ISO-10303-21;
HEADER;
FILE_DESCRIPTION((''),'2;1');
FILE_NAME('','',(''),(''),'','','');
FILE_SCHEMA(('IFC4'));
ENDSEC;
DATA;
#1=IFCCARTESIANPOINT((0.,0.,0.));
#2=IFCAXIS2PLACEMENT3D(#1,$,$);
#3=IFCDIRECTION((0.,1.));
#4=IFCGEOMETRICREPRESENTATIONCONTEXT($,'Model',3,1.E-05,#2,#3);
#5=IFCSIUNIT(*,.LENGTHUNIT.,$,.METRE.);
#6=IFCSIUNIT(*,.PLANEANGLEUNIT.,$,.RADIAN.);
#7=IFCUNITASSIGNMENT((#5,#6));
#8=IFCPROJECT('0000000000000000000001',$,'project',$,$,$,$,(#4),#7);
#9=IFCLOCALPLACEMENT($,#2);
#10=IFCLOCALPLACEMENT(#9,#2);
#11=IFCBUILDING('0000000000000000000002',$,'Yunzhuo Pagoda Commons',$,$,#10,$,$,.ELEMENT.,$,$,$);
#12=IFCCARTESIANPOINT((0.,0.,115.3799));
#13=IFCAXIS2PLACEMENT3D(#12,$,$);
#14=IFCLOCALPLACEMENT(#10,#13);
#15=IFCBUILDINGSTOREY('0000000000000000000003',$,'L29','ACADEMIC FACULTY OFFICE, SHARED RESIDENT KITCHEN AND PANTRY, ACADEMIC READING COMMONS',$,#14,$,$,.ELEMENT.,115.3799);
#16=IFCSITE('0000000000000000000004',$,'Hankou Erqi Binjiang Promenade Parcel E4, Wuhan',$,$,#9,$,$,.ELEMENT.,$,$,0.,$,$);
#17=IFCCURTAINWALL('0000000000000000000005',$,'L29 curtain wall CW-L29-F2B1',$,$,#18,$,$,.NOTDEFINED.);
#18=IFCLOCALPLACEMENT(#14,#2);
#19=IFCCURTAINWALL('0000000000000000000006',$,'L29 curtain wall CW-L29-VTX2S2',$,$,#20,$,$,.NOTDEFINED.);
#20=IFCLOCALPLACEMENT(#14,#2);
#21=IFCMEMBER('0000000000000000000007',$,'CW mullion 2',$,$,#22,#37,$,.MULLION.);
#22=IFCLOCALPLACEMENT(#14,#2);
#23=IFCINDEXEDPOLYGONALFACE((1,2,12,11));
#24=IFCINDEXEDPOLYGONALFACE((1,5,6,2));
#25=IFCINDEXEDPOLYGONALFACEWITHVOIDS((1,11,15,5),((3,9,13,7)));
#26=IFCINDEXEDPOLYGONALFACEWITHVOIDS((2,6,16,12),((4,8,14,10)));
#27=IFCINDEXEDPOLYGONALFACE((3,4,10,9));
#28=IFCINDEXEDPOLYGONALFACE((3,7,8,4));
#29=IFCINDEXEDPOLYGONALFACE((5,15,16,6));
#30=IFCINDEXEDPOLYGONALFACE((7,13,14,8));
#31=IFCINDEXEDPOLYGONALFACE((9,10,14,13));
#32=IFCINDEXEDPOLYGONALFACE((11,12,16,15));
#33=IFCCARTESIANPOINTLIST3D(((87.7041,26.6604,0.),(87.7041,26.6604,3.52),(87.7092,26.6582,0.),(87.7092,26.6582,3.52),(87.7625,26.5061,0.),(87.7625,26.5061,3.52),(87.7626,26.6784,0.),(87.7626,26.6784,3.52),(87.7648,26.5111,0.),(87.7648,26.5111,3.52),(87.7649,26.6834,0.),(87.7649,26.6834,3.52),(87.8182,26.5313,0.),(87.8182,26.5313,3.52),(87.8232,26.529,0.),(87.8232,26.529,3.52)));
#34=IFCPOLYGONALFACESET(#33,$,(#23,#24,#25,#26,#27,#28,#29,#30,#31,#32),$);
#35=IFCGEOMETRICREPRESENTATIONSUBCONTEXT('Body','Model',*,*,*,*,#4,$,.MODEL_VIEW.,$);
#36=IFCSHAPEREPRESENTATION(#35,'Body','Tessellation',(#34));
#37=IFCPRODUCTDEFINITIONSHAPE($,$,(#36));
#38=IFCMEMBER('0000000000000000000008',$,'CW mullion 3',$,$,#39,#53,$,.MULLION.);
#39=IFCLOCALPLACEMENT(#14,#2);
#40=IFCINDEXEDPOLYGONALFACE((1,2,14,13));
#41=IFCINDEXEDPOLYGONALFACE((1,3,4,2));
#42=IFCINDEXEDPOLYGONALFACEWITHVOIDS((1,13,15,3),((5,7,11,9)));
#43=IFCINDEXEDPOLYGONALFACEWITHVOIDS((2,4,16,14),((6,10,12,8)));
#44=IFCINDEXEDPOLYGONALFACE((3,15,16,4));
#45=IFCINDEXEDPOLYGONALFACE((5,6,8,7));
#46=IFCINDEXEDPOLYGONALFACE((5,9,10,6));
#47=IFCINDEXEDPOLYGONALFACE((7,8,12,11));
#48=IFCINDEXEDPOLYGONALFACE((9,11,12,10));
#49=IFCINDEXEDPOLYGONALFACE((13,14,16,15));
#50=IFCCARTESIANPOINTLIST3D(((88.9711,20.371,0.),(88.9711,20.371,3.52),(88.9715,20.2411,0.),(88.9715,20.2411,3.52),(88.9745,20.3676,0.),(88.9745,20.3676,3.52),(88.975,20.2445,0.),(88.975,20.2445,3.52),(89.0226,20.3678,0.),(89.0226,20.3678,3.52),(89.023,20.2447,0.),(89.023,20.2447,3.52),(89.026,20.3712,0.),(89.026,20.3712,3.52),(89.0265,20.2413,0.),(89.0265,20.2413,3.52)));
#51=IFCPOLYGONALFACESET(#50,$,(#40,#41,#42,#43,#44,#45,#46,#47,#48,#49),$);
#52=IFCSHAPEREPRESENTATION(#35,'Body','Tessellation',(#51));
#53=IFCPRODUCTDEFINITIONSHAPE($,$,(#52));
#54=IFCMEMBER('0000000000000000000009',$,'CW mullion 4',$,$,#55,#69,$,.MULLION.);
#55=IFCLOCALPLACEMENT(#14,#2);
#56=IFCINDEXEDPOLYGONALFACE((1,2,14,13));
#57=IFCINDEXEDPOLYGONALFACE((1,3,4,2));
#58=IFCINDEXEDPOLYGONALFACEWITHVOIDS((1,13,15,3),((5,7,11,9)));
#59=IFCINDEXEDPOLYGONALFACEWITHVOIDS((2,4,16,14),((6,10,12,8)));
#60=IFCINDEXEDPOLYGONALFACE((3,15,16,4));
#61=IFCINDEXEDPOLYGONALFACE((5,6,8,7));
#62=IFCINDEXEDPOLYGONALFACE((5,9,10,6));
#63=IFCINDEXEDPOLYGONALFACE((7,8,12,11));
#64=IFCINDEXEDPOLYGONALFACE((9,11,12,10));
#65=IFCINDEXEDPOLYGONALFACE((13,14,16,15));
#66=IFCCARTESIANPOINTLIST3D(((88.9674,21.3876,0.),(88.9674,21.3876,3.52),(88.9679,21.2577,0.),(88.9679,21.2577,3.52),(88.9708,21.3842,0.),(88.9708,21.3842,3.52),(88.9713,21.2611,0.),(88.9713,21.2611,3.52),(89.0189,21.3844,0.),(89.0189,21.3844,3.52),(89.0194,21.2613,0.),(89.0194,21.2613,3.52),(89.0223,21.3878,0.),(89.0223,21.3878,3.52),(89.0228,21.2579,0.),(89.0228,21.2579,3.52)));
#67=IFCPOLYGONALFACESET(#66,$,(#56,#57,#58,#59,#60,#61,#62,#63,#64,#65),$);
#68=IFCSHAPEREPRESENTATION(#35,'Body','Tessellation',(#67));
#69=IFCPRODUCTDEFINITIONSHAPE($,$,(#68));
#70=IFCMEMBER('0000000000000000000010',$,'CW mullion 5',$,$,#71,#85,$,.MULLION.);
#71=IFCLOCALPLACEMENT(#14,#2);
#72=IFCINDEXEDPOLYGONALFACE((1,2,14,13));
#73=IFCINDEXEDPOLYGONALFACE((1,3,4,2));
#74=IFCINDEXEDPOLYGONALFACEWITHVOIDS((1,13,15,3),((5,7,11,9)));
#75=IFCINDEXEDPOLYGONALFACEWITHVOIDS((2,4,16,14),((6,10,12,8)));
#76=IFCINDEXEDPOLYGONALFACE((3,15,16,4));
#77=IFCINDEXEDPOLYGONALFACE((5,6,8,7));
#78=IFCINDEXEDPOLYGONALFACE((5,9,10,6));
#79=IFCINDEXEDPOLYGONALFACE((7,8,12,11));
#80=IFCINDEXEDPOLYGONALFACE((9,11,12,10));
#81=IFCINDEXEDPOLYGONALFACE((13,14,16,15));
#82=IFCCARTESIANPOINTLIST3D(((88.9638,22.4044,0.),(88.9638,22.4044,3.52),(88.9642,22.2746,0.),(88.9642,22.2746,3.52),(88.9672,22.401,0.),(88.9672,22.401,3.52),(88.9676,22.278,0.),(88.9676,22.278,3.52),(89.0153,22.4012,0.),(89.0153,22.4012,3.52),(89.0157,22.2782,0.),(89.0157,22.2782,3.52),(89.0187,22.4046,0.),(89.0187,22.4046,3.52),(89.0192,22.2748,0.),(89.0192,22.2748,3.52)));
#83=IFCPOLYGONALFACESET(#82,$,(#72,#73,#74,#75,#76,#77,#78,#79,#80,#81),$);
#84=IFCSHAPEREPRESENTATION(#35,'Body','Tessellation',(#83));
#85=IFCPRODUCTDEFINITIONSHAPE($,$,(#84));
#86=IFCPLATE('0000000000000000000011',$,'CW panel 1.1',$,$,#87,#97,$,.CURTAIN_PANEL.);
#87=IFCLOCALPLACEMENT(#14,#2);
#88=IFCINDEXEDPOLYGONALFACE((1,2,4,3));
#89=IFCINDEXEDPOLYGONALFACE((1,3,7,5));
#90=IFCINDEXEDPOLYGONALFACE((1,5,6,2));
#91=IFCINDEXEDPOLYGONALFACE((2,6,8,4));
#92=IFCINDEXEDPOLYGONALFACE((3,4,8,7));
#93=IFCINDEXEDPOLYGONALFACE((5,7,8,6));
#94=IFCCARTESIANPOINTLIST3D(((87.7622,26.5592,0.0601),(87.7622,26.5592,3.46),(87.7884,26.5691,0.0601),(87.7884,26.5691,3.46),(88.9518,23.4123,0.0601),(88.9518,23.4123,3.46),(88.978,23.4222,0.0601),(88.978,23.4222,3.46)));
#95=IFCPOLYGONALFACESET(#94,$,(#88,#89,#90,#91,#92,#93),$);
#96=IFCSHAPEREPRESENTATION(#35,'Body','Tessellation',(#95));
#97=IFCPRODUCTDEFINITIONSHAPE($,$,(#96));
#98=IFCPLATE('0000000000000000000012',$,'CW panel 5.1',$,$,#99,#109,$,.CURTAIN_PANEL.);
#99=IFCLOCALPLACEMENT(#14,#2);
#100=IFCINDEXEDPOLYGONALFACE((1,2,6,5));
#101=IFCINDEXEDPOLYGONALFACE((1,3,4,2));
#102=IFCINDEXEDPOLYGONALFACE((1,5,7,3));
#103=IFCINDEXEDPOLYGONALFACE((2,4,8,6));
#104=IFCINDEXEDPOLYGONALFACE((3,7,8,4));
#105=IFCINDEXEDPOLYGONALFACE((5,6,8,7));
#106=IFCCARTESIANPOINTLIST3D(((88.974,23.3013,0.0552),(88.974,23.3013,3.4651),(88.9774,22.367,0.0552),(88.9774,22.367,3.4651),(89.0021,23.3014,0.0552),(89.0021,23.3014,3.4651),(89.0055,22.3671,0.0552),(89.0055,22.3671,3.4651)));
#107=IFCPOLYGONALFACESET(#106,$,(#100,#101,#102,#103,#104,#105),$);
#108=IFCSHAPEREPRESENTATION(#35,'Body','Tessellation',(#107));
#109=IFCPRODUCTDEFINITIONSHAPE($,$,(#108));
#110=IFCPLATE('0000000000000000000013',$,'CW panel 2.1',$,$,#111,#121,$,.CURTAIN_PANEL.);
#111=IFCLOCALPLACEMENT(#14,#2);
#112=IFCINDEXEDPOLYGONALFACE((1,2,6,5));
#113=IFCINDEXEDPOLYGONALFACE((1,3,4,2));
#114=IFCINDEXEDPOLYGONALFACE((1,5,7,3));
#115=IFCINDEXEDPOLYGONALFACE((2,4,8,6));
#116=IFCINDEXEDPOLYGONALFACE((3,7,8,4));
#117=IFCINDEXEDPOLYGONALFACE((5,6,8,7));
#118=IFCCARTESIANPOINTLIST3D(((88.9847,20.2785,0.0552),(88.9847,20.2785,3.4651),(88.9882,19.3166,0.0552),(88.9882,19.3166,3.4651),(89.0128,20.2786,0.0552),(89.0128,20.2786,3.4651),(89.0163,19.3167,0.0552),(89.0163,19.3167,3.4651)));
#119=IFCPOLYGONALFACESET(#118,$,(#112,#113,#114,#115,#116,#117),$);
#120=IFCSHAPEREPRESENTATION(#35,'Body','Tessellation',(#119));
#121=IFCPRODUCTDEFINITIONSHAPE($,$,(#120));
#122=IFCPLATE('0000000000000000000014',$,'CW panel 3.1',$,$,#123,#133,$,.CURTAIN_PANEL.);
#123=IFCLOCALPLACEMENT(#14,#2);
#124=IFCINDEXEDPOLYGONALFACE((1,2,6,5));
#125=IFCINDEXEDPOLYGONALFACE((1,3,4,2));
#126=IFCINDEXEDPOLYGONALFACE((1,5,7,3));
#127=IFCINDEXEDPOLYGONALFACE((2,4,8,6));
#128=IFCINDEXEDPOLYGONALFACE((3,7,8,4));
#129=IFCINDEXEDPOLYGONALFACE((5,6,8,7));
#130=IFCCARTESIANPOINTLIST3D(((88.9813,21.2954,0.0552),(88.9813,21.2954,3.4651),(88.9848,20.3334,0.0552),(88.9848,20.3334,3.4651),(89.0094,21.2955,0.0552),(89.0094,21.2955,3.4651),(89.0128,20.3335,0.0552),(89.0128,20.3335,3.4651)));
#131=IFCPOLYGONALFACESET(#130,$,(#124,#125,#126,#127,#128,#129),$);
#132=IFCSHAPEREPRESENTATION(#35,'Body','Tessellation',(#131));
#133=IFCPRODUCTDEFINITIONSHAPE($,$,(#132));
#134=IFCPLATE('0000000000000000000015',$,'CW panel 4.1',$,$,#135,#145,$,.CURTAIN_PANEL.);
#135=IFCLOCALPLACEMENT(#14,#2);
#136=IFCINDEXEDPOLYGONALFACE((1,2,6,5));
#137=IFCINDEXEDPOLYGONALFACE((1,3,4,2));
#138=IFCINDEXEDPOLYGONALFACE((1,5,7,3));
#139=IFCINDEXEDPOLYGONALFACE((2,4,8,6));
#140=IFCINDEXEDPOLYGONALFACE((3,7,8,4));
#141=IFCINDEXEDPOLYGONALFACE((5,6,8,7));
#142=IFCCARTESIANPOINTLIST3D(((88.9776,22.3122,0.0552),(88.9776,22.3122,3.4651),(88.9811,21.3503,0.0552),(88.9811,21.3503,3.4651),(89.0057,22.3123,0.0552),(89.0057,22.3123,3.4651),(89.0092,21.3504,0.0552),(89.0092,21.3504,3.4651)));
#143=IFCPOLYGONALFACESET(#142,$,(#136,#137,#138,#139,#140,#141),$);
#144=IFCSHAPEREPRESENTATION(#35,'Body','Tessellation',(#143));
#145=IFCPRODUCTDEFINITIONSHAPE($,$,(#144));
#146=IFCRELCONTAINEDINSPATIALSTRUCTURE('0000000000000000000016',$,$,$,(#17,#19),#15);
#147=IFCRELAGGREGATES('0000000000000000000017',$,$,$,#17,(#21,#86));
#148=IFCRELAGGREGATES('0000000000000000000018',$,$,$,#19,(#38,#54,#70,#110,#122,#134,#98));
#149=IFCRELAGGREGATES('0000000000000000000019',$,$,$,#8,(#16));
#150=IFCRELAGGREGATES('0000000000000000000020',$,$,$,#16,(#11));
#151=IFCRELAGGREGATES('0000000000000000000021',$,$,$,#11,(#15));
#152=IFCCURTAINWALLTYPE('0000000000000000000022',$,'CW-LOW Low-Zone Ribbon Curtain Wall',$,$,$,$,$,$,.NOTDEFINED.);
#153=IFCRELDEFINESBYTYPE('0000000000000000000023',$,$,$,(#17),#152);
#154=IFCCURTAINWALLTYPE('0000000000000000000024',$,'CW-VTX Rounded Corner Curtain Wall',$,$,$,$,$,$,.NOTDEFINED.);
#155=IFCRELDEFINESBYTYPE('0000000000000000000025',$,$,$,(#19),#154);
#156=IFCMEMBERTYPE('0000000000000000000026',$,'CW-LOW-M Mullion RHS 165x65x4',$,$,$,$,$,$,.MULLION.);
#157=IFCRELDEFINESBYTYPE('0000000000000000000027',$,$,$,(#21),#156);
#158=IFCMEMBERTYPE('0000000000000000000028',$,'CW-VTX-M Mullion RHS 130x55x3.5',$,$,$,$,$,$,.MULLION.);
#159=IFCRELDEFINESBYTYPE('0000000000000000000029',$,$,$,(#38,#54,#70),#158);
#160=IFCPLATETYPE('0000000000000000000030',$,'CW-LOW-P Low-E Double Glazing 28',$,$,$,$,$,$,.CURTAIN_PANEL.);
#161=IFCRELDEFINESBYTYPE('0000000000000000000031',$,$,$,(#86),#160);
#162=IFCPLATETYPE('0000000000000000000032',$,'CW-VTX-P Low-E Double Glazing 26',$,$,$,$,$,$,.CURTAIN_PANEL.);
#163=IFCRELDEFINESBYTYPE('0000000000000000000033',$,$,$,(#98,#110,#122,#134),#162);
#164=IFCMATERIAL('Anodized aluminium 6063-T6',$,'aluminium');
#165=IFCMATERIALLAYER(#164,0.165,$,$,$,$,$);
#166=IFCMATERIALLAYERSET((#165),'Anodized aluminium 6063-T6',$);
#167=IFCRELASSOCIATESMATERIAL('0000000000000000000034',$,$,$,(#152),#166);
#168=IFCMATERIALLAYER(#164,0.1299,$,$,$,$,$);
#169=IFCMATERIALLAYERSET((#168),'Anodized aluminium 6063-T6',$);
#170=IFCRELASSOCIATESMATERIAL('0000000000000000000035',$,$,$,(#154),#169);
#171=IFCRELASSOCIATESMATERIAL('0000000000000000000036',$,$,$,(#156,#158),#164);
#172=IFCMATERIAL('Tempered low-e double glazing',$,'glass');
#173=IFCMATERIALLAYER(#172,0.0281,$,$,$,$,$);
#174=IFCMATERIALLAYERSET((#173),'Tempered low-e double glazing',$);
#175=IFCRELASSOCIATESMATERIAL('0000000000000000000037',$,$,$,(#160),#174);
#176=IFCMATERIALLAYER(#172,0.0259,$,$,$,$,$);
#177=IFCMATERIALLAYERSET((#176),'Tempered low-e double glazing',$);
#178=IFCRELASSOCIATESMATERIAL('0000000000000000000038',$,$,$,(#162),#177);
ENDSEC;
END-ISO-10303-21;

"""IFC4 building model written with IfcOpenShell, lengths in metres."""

from ifc_helpers import new_model, si_unit, direction, frame, origin, origin_2d, place, context, subcontext, project, spatial, rectangle, hollow_rectangle, extrude, source, transform, mapped, material, layer, layer_set, material_profile, profile_set, type_object, element, aggregate, save


model = new_model("IFC4")

# Units and contexts
model_context = context("Model", 3, precision=1e-05, world=origin(), true_north=direction((0.0, 1.0)))
body_context = subcontext(model_context, "Body", "Model", "MODEL_VIEW")
ifc_project = project(units=[si_unit("LENGTHUNIT", "METRE"), si_unit("PLANEANGLEUNIT", "RADIAN")], contexts=[model_context])

# Site, building, storey
site_placement = place(None, origin())
site = spatial("IfcSite", under=ifc_project, at=site_placement, Name="Hankou Erqi Binjiang Promenade Parcel E4, Wuhan", CompositionType="ELEMENT", RefElevation=0.0)
building_placement = place(site_placement, origin())
building = spatial("IfcBuilding", under=site, at=building_placement, Name="Yunzhuo Pagoda Commons", CompositionType="ELEMENT")
storey_placement = place(building_placement, frame((0.0, 0.0, 115.3799)))
storey = spatial("IfcBuildingStorey", under=building, at=storey_placement, Name="L29", Description="ACADEMIC FACULTY OFFICE, SHARED RESIDENT KITCHEN AND PANTRY, ACADEMIC READING COMMONS", CompositionType="ELEMENT", Elevation=115.3799)

# Curtain walls
ifc_material_1 = material(Name="Anodized aluminium 6063-T6", Category="aluminium")
ifc_layer_1 = layer(ifc_material_1, 0.165)
ifc_layer_set_1 = layer_set([ifc_layer_1], Name="Anodized aluminium 6063-T6")
curtain_wall_type_1 = type_object("IfcCurtainWallType", Name="CW-LOW Low-Zone Ribbon Curtain Wall", PredefinedType="NOTDEFINED", material=ifc_layer_set_1)
curtain_wall_1_placement = place(storey_placement, origin())
curtain_wall_1 = element("IfcCurtainWall", 1, at=curtain_wall_1_placement, inside=storey, type_object=curtain_wall_type_1, Name="L29 curtain wall CW-L29-F2B1", PredefinedType="NOTDEFINED")
ifc_layer_2 = layer(ifc_material_1, 0.1299)
ifc_layer_set_2 = layer_set([ifc_layer_2], Name="Anodized aluminium 6063-T6")
curtain_wall_type_2 = type_object("IfcCurtainWallType", Name="CW-VTX Rounded Corner Curtain Wall", PredefinedType="NOTDEFINED", material=ifc_layer_set_2)
curtain_wall_2_placement = place(storey_placement, origin())
curtain_wall_2 = element("IfcCurtainWall", 2, at=curtain_wall_2_placement, inside=storey, type_object=curtain_wall_type_2, Name="L29 curtain wall CW-L29-VTX2S2", PredefinedType="NOTDEFINED")

# Members
ifc_material_profile_1 = material_profile(ifc_material_1, hollow_rectangle(XDim=0.0649, YDim=0.165, WallThickness=0.0039, at=origin_2d()), Name="Anodized aluminium 6063-T6")
ifc_profile_set_1 = profile_set([ifc_material_profile_1], Name="Anodized aluminium 6063-T6")
member_type_1 = type_object("IfcMemberType", Name="CW-LOW-M Mullion RHS 165x65x4", PredefinedType="MULLION", material=ifc_profile_set_1)
shared_shape_1 = source(origin(), body_context, "Body", "SweptSolid", [
    extrude(hollow_rectangle(XDim=0.0649, YDim=0.165, WallThickness=0.0039, at=origin_2d()), origin(), (0.0, 0.0, 1.0), 3.52),
])
member_1_placement = place(storey_placement, frame((87.7637, 26.5947, 0.0), z_axis=(0.0, 0.0, 1.0), x_axis=(-0.935397, -0.3536, 0.0)))
member_1 = element("IfcMember", 3, at=member_1_placement, type_object=member_type_1, Name="CW mullion 2", PredefinedType="MULLION", context=body_context, shape_type="MappedRepresentation", body=[
    mapped(shared_shape_1, transform((0.0, 0.0, 0.0), scale=1.0)),
])
ifc_material_profile_2 = material_profile(ifc_material_1, hollow_rectangle(XDim=0.0549, YDim=0.1299, WallThickness=0.0034, at=origin_2d()), Name="Anodized aluminium 6063-T6")
ifc_profile_set_2 = profile_set([ifc_material_profile_2], Name="Anodized aluminium 6063-T6")
member_type_2 = type_object("IfcMemberType", Name="CW-VTX-M Mullion RHS 130x55x3.5", PredefinedType="MULLION", material=ifc_profile_set_2)
shared_shape_2 = source(origin(), body_context, "Body", "SweptSolid", [
    extrude(hollow_rectangle(XDim=0.0549, YDim=0.1299, WallThickness=0.0034, at=origin_2d()), origin(), (0.0, 0.0, 1.0), 3.52),
])
member_2_placement = place(storey_placement, frame((88.9988, 20.3062, 0.0), z_axis=(0.0, 0.0, 1.0), x_axis=(-0.999994, -0.003599, 0.0)))
member_2 = element("IfcMember", 4, at=member_2_placement, type_object=member_type_2, Name="CW mullion 3", PredefinedType="MULLION", context=body_context, shape_type="MappedRepresentation", body=[
    mapped(shared_shape_2, transform((0.0, 0.0, 0.0), scale=1.0)),
])
member_3_placement = place(storey_placement, frame((88.9951, 21.3228, 0.0), z_axis=(0.0, 0.0, 1.0), x_axis=(-0.999994, -0.003599, 0.0)))
member_3 = element("IfcMember", 5, at=member_3_placement, type_object=member_type_2, Name="CW mullion 4", PredefinedType="MULLION", context=body_context, shape_type="MappedRepresentation", body=[
    mapped(shared_shape_2, transform((0.0, 0.0, 0.0), scale=1.0)),
])
member_4_placement = place(storey_placement, frame((88.9915, 22.3396, 0.0), z_axis=(0.0, 0.0, 1.0), x_axis=(-0.999994, -0.003599, 0.0)))
member_4 = element("IfcMember", 6, at=member_4_placement, type_object=member_type_2, Name="CW mullion 5", PredefinedType="MULLION", context=body_context, shape_type="MappedRepresentation", body=[
    mapped(shared_shape_2, transform((0.0, 0.0, 0.0), scale=1.0)),
])

# Plates
ifc_material_2 = material(Name="Tempered low-e double glazing", Category="glass")
ifc_layer_3 = layer(ifc_material_2, 0.0281)
ifc_layer_set_3 = layer_set([ifc_layer_3], Name="Tempered low-e double glazing")
plate_type_1 = type_object("IfcPlateType", Name="CW-LOW-P Low-E Double Glazing 28", PredefinedType="CURTAIN_PANEL", material=ifc_layer_set_3)
shared_shape_3 = source(origin(), body_context, "Body", "SweptSolid", [
    extrude(rectangle(XDim=3.3643, YDim=0.0281, at=origin_2d()), origin(), (0.0, 0.0, 1.0), 3.3999),
])
plate_1_placement = place(storey_placement, frame((88.3701, 24.9907, 0.0601), z_axis=(0.0, 0.0, 1.0), x_axis=(-0.3536, 0.935397, 0.0)))
plate_1 = element("IfcPlate", 7, at=plate_1_placement, type_object=plate_type_1, Name="CW panel 1.1", PredefinedType="CURTAIN_PANEL", context=body_context, shape_type="MappedRepresentation", body=[
    mapped(shared_shape_3, transform((0.0, 0.0, 0.0), scale=1.0)),
])
aggregate(curtain_wall_1, [member_1, plate_1])
ifc_layer_4 = layer(ifc_material_2, 0.0259)
ifc_layer_set_4 = layer_set([ifc_layer_4], Name="Tempered low-e double glazing")
plate_type_2 = type_object("IfcPlateType", Name="CW-VTX-P Low-E Double Glazing 26", PredefinedType="CURTAIN_PANEL", material=ifc_layer_set_4)
shared_shape_4 = source(origin(), body_context, "Body", "SweptSolid", [
    extrude(rectangle(XDim=0.9343, YDim=0.0281, at=origin_2d()), origin(), (0.0, 0.0, 1.0), 3.4099),
])
plate_2_placement = place(storey_placement, frame((88.9897, 22.8342, 0.0552), z_axis=(0.0, 0.0, 1.0), x_axis=(-0.003599, 0.999994, 0.0)))
plate_2 = element("IfcPlate", 8, at=plate_2_placement, type_object=plate_type_2, Name="CW panel 5.1", PredefinedType="CURTAIN_PANEL", context=body_context, shape_type="MappedRepresentation", body=[
    mapped(shared_shape_4, transform((0.0, 0.0, 0.0), scale=1.0)),
])
shared_shape_5 = source(origin(), body_context, "Body", "SweptSolid", [
    extrude(rectangle(XDim=0.9619, YDim=0.0281, at=origin_2d()), origin(), (0.0, 0.0, 1.0), 3.4099),
])
plate_3_placement = place(storey_placement, frame((89.0005, 19.7976, 0.0552), z_axis=(0.0, 0.0, 1.0), x_axis=(-0.003599, 0.999994, 0.0)))
plate_3 = element("IfcPlate", 9, at=plate_3_placement, type_object=plate_type_2, Name="CW panel 2.1", PredefinedType="CURTAIN_PANEL", context=body_context, shape_type="MappedRepresentation", body=[
    mapped(shared_shape_5, transform((0.0, 0.0, 0.0), scale=1.0)),
])
plate_4_placement = place(storey_placement, frame((88.9971, 20.8145, 0.0552), z_axis=(0.0, 0.0, 1.0), x_axis=(-0.003599, 0.999994, 0.0)))
plate_4 = element("IfcPlate", 10, at=plate_4_placement, type_object=plate_type_2, Name="CW panel 3.1", PredefinedType="CURTAIN_PANEL", context=body_context, shape_type="MappedRepresentation", body=[
    mapped(shared_shape_5, transform((0.0, 0.0, 0.0), scale=1.0)),
])
plate_5_placement = place(storey_placement, frame((88.9934, 21.8313, 0.0552), z_axis=(0.0, 0.0, 1.0), x_axis=(-0.003599, 0.999994, 0.0)))
plate_5 = element("IfcPlate", 11, at=plate_5_placement, type_object=plate_type_2, Name="CW panel 4.1", PredefinedType="CURTAIN_PANEL", context=body_context, shape_type="MappedRepresentation", body=[
    mapped(shared_shape_5, transform((0.0, 0.0, 0.0), scale=1.0)),
])
aggregate(curtain_wall_2, [member_2, member_3, member_4, plate_3, plate_4, plate_5, plate_2])

save(model, "model.ifc")
